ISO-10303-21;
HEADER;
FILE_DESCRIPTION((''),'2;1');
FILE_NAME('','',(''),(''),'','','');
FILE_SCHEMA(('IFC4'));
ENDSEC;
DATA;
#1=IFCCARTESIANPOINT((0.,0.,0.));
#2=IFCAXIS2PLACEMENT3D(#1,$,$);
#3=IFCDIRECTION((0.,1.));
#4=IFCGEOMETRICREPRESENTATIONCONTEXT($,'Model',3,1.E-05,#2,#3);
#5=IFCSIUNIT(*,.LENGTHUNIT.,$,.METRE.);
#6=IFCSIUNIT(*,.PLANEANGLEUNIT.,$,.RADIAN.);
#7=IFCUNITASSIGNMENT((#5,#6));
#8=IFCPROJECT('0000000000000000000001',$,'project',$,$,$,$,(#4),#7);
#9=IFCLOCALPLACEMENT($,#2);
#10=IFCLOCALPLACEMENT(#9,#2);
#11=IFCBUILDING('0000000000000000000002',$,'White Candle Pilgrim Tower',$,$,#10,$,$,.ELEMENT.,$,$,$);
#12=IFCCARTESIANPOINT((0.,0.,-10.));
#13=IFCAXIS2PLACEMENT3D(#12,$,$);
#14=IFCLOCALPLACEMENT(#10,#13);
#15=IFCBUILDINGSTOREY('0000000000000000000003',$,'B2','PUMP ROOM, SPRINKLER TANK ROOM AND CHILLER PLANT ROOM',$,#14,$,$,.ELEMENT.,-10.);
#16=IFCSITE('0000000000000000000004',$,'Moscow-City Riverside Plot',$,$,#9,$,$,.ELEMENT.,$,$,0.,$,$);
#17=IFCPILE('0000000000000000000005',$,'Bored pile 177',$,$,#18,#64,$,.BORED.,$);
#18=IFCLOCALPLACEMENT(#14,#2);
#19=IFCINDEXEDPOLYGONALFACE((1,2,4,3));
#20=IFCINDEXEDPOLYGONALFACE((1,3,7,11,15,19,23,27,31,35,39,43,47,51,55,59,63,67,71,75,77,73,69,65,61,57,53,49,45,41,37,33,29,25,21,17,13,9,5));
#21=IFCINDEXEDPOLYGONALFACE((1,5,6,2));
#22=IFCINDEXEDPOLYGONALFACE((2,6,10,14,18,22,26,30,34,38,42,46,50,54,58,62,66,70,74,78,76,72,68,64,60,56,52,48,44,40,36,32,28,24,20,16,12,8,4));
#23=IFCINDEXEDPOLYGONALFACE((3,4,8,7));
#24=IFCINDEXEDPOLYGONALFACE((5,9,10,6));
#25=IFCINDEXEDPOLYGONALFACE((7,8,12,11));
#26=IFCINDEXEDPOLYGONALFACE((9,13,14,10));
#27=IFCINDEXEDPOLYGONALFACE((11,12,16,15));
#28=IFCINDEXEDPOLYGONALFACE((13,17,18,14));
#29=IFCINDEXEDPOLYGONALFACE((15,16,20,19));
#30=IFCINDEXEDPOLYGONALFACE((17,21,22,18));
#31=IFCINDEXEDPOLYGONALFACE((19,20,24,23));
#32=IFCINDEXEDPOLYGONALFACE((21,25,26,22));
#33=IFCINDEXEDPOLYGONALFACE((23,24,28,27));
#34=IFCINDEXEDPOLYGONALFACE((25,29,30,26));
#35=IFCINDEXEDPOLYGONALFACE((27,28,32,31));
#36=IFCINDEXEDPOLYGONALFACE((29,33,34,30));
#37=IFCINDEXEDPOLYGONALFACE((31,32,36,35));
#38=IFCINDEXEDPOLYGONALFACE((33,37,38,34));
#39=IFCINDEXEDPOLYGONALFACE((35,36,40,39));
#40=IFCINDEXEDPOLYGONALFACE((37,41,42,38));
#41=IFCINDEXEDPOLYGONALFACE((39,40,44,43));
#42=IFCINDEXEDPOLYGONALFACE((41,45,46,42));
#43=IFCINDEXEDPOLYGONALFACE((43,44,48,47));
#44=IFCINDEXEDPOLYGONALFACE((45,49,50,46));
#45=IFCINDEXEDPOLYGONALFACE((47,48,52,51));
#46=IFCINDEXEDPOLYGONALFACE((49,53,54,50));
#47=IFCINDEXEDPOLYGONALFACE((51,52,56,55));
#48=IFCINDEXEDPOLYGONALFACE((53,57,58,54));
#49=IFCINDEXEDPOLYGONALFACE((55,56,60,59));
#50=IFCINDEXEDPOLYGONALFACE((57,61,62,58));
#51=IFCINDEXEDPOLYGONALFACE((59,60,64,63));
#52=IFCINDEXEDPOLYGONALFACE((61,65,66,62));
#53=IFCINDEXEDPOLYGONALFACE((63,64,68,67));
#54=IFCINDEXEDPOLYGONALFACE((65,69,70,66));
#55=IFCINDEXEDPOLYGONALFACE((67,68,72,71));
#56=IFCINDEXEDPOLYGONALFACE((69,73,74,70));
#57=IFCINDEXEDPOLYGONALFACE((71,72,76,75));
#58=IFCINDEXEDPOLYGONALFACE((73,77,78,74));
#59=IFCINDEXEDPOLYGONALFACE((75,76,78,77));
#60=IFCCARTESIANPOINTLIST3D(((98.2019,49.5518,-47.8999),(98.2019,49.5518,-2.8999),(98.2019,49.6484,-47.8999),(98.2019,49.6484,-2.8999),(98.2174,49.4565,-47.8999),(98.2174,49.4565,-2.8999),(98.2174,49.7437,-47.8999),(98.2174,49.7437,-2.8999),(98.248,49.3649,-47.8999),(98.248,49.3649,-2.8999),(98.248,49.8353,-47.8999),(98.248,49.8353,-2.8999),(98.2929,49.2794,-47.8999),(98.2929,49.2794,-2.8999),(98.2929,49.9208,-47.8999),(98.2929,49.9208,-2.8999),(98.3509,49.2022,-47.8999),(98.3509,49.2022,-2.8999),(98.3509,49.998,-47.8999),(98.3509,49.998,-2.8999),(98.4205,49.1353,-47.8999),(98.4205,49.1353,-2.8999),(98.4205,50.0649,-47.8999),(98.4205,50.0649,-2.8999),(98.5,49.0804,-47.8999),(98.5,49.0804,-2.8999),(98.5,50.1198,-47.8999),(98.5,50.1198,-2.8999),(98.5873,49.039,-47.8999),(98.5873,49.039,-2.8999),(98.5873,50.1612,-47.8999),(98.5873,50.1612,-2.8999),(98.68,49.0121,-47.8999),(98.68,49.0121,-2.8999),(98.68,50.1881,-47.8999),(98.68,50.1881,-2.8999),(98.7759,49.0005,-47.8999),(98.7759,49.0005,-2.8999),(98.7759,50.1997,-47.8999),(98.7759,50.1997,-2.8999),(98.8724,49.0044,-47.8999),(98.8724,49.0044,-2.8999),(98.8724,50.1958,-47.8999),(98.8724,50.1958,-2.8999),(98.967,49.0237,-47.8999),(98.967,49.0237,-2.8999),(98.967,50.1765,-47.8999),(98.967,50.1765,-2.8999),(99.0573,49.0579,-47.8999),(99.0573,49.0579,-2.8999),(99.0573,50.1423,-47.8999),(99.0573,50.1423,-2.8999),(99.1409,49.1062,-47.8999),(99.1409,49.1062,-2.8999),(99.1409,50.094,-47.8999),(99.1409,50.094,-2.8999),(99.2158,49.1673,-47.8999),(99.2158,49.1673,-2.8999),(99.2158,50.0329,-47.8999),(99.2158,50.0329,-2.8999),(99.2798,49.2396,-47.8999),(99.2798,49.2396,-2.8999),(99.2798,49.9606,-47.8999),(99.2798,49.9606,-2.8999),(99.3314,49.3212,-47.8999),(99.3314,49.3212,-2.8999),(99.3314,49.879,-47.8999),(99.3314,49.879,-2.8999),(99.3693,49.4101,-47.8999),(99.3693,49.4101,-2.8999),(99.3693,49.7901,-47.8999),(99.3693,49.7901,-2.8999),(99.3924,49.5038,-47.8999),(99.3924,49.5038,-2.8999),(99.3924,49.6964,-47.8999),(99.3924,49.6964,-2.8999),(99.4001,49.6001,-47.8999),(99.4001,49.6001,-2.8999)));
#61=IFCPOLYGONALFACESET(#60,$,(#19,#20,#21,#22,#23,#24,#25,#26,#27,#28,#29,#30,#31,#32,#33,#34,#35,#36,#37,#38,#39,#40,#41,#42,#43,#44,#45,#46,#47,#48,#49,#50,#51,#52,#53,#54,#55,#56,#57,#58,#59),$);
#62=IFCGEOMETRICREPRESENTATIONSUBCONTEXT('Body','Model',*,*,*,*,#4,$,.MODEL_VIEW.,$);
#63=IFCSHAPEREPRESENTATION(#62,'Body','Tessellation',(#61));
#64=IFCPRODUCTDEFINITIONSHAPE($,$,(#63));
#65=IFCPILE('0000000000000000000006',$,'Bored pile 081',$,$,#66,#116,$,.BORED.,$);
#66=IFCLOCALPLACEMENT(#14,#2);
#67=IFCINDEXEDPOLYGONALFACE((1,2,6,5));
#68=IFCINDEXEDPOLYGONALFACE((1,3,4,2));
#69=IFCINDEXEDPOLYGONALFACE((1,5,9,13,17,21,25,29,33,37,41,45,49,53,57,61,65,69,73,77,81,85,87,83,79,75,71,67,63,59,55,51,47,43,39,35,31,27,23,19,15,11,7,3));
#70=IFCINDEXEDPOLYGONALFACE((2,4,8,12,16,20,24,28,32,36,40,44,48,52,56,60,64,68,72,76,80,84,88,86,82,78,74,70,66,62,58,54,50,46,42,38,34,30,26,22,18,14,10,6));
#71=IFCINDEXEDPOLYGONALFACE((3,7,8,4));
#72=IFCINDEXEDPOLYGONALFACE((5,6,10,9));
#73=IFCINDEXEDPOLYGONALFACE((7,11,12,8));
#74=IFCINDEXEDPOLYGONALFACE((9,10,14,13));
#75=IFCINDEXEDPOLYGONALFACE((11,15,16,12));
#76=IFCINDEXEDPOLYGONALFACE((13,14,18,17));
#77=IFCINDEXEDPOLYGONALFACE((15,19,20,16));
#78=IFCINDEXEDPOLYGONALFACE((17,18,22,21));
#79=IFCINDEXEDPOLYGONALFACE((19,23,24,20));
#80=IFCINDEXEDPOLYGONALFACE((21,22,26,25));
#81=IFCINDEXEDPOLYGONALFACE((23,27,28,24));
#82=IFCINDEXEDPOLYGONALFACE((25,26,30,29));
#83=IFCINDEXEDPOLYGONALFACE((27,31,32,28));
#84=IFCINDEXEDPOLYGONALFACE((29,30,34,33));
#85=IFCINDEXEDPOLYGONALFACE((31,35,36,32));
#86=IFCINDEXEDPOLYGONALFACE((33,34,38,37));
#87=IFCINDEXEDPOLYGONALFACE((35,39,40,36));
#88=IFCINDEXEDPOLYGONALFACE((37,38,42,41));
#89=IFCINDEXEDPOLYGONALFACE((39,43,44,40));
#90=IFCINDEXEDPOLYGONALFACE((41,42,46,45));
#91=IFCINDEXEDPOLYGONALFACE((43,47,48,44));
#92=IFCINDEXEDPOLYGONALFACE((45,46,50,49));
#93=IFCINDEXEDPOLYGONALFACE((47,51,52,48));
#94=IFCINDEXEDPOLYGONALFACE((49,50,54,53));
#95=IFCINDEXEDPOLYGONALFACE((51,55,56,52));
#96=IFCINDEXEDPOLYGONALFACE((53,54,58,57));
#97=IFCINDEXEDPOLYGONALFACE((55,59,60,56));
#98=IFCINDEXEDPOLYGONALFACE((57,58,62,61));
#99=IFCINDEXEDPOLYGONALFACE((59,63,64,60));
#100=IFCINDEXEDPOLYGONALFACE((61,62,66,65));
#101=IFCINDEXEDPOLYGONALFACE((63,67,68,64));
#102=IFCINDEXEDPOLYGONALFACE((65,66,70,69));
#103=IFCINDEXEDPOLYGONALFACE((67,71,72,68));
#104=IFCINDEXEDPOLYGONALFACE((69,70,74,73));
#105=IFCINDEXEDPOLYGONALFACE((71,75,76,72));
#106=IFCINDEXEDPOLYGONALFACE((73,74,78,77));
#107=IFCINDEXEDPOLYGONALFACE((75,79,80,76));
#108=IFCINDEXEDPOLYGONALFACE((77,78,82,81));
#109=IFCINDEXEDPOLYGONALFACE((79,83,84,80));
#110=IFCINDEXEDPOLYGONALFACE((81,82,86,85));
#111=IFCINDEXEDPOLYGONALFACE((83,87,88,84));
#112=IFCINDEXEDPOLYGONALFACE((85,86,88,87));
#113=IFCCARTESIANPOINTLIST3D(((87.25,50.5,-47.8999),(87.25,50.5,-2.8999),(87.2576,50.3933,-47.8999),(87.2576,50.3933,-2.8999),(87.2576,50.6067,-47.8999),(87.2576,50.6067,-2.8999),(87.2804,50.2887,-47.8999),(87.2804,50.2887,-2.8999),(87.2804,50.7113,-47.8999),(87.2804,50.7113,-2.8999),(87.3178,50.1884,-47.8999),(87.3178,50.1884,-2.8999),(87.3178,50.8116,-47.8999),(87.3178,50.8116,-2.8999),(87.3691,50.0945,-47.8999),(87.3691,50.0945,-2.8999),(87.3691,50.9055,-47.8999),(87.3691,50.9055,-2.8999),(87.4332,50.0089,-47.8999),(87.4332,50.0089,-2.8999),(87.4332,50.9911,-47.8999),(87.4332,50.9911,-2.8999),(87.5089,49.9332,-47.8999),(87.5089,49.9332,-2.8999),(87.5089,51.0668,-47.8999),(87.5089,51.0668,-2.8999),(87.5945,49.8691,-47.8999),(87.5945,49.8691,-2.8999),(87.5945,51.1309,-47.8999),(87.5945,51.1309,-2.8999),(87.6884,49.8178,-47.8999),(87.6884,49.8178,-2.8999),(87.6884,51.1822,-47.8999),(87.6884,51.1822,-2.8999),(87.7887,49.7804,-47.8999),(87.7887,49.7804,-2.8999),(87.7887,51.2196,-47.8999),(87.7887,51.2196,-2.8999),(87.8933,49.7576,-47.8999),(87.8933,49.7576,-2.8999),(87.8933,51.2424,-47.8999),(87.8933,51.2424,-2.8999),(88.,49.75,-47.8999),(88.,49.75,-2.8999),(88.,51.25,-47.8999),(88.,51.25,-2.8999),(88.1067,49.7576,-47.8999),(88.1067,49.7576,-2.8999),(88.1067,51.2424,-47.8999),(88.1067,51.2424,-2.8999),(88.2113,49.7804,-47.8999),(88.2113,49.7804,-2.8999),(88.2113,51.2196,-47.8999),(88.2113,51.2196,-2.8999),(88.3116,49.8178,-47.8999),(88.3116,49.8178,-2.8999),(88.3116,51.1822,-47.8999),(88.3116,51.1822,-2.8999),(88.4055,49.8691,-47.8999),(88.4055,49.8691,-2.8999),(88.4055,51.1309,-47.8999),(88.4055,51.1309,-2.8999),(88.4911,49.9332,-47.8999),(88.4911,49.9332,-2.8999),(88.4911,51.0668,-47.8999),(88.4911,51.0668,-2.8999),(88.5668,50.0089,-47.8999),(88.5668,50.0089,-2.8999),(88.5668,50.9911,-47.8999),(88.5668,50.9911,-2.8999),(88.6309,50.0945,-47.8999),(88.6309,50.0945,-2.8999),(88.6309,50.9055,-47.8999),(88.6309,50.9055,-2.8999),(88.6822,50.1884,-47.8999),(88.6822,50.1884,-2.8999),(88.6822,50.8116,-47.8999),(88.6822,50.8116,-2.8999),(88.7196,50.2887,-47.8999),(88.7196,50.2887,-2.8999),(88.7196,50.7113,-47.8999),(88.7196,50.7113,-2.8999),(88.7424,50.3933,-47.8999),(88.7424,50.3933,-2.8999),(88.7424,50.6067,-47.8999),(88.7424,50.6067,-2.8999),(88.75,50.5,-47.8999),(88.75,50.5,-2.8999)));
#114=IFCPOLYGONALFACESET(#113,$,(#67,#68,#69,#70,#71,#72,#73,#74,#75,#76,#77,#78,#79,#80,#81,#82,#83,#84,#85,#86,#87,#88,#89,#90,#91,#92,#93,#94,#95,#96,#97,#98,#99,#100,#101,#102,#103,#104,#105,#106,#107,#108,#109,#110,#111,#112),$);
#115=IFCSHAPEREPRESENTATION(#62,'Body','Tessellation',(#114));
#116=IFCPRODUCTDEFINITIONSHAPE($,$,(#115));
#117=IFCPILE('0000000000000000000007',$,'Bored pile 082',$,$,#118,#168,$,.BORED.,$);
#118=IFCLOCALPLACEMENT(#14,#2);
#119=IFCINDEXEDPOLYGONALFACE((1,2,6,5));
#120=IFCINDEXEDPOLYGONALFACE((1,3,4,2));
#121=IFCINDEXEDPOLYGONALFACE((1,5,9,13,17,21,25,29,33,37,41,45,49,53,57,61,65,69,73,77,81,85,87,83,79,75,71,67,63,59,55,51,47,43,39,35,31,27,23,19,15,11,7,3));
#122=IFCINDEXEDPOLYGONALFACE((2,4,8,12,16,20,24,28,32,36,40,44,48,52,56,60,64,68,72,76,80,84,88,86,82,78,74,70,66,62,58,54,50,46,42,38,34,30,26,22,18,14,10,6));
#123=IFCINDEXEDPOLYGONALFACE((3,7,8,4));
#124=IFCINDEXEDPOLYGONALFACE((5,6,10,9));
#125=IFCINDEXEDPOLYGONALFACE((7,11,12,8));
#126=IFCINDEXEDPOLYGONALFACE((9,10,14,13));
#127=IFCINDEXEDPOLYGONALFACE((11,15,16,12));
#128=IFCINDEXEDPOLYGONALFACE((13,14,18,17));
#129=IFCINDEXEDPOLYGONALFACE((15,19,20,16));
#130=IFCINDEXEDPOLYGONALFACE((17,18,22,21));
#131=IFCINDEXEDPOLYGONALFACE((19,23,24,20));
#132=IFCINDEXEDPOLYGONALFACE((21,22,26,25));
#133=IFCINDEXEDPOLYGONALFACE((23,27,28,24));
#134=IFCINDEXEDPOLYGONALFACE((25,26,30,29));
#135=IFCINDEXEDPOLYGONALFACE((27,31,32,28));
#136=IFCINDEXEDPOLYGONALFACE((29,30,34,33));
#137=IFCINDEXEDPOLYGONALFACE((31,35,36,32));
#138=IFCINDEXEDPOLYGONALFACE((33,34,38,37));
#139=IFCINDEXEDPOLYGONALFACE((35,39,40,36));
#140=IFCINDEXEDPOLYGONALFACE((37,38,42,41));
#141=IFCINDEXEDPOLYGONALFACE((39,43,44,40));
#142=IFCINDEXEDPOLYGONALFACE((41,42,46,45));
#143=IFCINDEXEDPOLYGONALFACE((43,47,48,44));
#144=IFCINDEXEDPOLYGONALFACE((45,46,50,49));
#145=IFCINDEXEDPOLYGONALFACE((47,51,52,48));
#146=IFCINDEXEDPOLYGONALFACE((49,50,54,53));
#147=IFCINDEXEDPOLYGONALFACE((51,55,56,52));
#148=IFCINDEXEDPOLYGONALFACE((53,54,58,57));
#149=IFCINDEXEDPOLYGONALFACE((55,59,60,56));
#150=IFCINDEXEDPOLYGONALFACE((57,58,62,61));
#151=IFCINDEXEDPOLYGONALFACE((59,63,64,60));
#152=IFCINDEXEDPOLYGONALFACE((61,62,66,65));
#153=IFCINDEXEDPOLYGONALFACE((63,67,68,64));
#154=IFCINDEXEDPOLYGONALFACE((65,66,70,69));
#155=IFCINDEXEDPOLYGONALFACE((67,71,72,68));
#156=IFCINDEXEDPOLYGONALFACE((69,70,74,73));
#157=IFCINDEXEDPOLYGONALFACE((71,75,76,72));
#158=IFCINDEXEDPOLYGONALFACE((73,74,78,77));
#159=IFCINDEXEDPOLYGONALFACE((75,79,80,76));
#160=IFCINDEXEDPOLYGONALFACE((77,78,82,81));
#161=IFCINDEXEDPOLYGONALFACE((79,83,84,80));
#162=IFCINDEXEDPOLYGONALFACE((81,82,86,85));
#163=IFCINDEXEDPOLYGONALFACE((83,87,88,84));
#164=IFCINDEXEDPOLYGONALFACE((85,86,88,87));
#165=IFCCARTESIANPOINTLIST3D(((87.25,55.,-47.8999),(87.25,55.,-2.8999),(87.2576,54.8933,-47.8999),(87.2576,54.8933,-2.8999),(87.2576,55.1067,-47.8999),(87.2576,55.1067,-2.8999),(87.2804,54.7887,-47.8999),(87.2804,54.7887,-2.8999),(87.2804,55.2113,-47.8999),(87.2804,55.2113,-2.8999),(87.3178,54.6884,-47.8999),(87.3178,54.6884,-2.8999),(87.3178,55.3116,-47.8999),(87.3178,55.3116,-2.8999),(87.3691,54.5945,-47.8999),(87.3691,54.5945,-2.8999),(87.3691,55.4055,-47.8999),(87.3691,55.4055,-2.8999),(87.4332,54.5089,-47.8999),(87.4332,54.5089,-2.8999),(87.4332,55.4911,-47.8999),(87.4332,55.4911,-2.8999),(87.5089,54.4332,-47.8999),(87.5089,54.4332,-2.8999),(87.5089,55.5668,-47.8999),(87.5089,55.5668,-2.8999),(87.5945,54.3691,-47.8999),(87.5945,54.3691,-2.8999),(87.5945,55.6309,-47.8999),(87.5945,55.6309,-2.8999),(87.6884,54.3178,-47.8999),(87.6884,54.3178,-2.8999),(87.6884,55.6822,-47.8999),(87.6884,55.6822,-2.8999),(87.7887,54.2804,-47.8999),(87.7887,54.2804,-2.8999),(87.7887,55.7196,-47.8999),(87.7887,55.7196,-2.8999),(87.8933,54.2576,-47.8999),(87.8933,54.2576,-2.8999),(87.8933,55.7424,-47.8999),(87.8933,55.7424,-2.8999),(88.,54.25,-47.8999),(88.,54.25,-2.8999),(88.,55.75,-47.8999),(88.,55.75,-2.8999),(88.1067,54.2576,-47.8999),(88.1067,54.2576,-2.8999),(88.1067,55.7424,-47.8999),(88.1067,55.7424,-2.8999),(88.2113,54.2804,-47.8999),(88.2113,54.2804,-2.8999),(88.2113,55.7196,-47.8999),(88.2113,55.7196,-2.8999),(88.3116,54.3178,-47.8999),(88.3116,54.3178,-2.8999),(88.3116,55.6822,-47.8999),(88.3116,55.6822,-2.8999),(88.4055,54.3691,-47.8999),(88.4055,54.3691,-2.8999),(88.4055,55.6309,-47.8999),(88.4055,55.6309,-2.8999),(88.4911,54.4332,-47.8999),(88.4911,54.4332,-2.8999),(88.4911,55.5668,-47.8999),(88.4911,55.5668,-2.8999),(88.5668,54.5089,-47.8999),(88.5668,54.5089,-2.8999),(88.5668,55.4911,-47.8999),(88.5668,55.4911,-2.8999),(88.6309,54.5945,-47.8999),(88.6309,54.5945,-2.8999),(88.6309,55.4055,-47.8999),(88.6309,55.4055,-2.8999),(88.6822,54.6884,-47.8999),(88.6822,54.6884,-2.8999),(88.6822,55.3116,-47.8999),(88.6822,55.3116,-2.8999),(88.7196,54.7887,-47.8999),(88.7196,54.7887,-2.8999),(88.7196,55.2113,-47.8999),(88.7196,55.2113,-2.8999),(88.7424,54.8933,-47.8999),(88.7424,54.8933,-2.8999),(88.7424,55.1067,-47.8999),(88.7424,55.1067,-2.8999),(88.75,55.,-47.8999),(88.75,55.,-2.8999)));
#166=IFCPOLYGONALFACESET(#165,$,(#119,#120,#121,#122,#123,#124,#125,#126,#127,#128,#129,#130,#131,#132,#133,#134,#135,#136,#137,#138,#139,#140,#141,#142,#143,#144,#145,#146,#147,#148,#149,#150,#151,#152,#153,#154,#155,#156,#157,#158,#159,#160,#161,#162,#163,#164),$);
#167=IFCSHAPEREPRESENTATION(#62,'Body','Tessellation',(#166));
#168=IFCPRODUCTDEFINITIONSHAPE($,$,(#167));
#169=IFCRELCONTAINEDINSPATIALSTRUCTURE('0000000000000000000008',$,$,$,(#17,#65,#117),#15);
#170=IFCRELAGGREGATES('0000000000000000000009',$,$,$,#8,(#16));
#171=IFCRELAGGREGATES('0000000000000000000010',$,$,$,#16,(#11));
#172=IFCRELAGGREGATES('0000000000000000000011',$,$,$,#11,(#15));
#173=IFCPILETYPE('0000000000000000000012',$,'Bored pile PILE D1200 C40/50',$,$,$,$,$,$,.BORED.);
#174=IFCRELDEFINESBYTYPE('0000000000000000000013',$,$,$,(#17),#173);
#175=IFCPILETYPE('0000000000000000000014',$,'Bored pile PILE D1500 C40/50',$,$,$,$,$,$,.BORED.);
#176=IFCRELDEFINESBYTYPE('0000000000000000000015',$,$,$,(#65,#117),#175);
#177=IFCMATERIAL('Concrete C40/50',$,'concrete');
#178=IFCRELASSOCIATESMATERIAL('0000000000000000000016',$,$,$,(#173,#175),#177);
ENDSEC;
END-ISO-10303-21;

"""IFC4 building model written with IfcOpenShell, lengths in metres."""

from ifc_helpers import new_model, si_unit, direction, frame, origin, origin_2d, place, context, subcontext, project, spatial, circle, extrude, material, material_profile, profile_set, type_object, element, save


model = new_model("IFC4")

# Units and contexts
model_context = context("Model", 3, precision=1e-05, world=origin(), true_north=direction((0.0, 1.0)))
body_context = subcontext(model_context, "Body", "Model", "MODEL_VIEW")
ifc_project = project(units=[si_unit("LENGTHUNIT", "METRE"), si_unit("PLANEANGLEUNIT", "RADIAN")], contexts=[model_context])

# Site, building, storey
site_placement = place(None, origin())
site = spatial("IfcSite", under=ifc_project, at=site_placement, Name="Moscow-City Riverside Plot", CompositionType="ELEMENT", RefElevation=0.0)
building_placement = place(site_placement, origin())
building = spatial("IfcBuilding", under=site, at=building_placement, Name="White Candle Pilgrim Tower", CompositionType="ELEMENT")
storey_placement = place(building_placement, frame((0.0, 0.0, -10.0)))
storey = spatial("IfcBuildingStorey", under=building, at=storey_placement, Name="B2", Description="PUMP ROOM, SPRINKLER TANK ROOM AND CHILLER PLANT ROOM", CompositionType="ELEMENT", Elevation=-10.0)

# Piles
ifc_material_1 = material(Name="Concrete C40/50", Category="concrete")
ifc_material_profile_1 = material_profile(ifc_material_1, circle(Radius=0.6001, at=origin_2d()), Name="PILE D1200")
ifc_profile_set_1 = profile_set([ifc_material_profile_1], Name="Concrete C40/50")
pile_type_1 = type_object("IfcPileType", Name="Bored pile PILE D1200 C40/50", PredefinedType="BORED", material=ifc_profile_set_1)
pile_placement = place(storey_placement, frame((98.8, 49.6001, -2.8999), z_axis=(0.0, 0.0, -1.0), x_axis=(1.0, 0.0, 0.0)))
element("IfcPile", 1, at=pile_placement, inside=storey, type_object=pile_type_1, Name="Bored pile 177", PredefinedType="BORED", context=body_context, shape_type="SweptSolid", body=[
    extrude(circle(Radius=0.6001, at=origin_2d()), origin(), (0.0, 0.0, 1.0), 45.0),
])
ifc_material_profile_2 = material_profile(ifc_material_1, circle(Radius=0.75, at=origin_2d()), Name="PILE D1500")
ifc_profile_set_2 = profile_set([ifc_material_profile_2], Name="Concrete C40/50")
pile_type_2 = type_object("IfcPileType", Name="Bored pile PILE D1500 C40/50", PredefinedType="BORED", material=ifc_profile_set_2)
for number, where, z_axis, x_axis, name in (
    (2, (88.0, 50.5, -2.8999), (0.0, 0.0, -1.0), (1.0, 0.0, 0.0), "Bored pile 081"),
    (3, (88.0, 55.0, -2.8999), (0.0, 0.0, -1.0), (1.0, 0.0, 0.0), "Bored pile 082"),
):
    element("IfcPile", number, at=place(storey_placement, frame(where, z_axis=z_axis, x_axis=x_axis)), inside=storey, type_object=pile_type_2, Name=name, PredefinedType="BORED", context=body_context, shape_type="SweptSolid", body=[
        extrude(circle(Radius=0.75, at=origin_2d()), origin(), (0.0, 0.0, 1.0), 45.0),
    ])

save(model, "model.ifc")
